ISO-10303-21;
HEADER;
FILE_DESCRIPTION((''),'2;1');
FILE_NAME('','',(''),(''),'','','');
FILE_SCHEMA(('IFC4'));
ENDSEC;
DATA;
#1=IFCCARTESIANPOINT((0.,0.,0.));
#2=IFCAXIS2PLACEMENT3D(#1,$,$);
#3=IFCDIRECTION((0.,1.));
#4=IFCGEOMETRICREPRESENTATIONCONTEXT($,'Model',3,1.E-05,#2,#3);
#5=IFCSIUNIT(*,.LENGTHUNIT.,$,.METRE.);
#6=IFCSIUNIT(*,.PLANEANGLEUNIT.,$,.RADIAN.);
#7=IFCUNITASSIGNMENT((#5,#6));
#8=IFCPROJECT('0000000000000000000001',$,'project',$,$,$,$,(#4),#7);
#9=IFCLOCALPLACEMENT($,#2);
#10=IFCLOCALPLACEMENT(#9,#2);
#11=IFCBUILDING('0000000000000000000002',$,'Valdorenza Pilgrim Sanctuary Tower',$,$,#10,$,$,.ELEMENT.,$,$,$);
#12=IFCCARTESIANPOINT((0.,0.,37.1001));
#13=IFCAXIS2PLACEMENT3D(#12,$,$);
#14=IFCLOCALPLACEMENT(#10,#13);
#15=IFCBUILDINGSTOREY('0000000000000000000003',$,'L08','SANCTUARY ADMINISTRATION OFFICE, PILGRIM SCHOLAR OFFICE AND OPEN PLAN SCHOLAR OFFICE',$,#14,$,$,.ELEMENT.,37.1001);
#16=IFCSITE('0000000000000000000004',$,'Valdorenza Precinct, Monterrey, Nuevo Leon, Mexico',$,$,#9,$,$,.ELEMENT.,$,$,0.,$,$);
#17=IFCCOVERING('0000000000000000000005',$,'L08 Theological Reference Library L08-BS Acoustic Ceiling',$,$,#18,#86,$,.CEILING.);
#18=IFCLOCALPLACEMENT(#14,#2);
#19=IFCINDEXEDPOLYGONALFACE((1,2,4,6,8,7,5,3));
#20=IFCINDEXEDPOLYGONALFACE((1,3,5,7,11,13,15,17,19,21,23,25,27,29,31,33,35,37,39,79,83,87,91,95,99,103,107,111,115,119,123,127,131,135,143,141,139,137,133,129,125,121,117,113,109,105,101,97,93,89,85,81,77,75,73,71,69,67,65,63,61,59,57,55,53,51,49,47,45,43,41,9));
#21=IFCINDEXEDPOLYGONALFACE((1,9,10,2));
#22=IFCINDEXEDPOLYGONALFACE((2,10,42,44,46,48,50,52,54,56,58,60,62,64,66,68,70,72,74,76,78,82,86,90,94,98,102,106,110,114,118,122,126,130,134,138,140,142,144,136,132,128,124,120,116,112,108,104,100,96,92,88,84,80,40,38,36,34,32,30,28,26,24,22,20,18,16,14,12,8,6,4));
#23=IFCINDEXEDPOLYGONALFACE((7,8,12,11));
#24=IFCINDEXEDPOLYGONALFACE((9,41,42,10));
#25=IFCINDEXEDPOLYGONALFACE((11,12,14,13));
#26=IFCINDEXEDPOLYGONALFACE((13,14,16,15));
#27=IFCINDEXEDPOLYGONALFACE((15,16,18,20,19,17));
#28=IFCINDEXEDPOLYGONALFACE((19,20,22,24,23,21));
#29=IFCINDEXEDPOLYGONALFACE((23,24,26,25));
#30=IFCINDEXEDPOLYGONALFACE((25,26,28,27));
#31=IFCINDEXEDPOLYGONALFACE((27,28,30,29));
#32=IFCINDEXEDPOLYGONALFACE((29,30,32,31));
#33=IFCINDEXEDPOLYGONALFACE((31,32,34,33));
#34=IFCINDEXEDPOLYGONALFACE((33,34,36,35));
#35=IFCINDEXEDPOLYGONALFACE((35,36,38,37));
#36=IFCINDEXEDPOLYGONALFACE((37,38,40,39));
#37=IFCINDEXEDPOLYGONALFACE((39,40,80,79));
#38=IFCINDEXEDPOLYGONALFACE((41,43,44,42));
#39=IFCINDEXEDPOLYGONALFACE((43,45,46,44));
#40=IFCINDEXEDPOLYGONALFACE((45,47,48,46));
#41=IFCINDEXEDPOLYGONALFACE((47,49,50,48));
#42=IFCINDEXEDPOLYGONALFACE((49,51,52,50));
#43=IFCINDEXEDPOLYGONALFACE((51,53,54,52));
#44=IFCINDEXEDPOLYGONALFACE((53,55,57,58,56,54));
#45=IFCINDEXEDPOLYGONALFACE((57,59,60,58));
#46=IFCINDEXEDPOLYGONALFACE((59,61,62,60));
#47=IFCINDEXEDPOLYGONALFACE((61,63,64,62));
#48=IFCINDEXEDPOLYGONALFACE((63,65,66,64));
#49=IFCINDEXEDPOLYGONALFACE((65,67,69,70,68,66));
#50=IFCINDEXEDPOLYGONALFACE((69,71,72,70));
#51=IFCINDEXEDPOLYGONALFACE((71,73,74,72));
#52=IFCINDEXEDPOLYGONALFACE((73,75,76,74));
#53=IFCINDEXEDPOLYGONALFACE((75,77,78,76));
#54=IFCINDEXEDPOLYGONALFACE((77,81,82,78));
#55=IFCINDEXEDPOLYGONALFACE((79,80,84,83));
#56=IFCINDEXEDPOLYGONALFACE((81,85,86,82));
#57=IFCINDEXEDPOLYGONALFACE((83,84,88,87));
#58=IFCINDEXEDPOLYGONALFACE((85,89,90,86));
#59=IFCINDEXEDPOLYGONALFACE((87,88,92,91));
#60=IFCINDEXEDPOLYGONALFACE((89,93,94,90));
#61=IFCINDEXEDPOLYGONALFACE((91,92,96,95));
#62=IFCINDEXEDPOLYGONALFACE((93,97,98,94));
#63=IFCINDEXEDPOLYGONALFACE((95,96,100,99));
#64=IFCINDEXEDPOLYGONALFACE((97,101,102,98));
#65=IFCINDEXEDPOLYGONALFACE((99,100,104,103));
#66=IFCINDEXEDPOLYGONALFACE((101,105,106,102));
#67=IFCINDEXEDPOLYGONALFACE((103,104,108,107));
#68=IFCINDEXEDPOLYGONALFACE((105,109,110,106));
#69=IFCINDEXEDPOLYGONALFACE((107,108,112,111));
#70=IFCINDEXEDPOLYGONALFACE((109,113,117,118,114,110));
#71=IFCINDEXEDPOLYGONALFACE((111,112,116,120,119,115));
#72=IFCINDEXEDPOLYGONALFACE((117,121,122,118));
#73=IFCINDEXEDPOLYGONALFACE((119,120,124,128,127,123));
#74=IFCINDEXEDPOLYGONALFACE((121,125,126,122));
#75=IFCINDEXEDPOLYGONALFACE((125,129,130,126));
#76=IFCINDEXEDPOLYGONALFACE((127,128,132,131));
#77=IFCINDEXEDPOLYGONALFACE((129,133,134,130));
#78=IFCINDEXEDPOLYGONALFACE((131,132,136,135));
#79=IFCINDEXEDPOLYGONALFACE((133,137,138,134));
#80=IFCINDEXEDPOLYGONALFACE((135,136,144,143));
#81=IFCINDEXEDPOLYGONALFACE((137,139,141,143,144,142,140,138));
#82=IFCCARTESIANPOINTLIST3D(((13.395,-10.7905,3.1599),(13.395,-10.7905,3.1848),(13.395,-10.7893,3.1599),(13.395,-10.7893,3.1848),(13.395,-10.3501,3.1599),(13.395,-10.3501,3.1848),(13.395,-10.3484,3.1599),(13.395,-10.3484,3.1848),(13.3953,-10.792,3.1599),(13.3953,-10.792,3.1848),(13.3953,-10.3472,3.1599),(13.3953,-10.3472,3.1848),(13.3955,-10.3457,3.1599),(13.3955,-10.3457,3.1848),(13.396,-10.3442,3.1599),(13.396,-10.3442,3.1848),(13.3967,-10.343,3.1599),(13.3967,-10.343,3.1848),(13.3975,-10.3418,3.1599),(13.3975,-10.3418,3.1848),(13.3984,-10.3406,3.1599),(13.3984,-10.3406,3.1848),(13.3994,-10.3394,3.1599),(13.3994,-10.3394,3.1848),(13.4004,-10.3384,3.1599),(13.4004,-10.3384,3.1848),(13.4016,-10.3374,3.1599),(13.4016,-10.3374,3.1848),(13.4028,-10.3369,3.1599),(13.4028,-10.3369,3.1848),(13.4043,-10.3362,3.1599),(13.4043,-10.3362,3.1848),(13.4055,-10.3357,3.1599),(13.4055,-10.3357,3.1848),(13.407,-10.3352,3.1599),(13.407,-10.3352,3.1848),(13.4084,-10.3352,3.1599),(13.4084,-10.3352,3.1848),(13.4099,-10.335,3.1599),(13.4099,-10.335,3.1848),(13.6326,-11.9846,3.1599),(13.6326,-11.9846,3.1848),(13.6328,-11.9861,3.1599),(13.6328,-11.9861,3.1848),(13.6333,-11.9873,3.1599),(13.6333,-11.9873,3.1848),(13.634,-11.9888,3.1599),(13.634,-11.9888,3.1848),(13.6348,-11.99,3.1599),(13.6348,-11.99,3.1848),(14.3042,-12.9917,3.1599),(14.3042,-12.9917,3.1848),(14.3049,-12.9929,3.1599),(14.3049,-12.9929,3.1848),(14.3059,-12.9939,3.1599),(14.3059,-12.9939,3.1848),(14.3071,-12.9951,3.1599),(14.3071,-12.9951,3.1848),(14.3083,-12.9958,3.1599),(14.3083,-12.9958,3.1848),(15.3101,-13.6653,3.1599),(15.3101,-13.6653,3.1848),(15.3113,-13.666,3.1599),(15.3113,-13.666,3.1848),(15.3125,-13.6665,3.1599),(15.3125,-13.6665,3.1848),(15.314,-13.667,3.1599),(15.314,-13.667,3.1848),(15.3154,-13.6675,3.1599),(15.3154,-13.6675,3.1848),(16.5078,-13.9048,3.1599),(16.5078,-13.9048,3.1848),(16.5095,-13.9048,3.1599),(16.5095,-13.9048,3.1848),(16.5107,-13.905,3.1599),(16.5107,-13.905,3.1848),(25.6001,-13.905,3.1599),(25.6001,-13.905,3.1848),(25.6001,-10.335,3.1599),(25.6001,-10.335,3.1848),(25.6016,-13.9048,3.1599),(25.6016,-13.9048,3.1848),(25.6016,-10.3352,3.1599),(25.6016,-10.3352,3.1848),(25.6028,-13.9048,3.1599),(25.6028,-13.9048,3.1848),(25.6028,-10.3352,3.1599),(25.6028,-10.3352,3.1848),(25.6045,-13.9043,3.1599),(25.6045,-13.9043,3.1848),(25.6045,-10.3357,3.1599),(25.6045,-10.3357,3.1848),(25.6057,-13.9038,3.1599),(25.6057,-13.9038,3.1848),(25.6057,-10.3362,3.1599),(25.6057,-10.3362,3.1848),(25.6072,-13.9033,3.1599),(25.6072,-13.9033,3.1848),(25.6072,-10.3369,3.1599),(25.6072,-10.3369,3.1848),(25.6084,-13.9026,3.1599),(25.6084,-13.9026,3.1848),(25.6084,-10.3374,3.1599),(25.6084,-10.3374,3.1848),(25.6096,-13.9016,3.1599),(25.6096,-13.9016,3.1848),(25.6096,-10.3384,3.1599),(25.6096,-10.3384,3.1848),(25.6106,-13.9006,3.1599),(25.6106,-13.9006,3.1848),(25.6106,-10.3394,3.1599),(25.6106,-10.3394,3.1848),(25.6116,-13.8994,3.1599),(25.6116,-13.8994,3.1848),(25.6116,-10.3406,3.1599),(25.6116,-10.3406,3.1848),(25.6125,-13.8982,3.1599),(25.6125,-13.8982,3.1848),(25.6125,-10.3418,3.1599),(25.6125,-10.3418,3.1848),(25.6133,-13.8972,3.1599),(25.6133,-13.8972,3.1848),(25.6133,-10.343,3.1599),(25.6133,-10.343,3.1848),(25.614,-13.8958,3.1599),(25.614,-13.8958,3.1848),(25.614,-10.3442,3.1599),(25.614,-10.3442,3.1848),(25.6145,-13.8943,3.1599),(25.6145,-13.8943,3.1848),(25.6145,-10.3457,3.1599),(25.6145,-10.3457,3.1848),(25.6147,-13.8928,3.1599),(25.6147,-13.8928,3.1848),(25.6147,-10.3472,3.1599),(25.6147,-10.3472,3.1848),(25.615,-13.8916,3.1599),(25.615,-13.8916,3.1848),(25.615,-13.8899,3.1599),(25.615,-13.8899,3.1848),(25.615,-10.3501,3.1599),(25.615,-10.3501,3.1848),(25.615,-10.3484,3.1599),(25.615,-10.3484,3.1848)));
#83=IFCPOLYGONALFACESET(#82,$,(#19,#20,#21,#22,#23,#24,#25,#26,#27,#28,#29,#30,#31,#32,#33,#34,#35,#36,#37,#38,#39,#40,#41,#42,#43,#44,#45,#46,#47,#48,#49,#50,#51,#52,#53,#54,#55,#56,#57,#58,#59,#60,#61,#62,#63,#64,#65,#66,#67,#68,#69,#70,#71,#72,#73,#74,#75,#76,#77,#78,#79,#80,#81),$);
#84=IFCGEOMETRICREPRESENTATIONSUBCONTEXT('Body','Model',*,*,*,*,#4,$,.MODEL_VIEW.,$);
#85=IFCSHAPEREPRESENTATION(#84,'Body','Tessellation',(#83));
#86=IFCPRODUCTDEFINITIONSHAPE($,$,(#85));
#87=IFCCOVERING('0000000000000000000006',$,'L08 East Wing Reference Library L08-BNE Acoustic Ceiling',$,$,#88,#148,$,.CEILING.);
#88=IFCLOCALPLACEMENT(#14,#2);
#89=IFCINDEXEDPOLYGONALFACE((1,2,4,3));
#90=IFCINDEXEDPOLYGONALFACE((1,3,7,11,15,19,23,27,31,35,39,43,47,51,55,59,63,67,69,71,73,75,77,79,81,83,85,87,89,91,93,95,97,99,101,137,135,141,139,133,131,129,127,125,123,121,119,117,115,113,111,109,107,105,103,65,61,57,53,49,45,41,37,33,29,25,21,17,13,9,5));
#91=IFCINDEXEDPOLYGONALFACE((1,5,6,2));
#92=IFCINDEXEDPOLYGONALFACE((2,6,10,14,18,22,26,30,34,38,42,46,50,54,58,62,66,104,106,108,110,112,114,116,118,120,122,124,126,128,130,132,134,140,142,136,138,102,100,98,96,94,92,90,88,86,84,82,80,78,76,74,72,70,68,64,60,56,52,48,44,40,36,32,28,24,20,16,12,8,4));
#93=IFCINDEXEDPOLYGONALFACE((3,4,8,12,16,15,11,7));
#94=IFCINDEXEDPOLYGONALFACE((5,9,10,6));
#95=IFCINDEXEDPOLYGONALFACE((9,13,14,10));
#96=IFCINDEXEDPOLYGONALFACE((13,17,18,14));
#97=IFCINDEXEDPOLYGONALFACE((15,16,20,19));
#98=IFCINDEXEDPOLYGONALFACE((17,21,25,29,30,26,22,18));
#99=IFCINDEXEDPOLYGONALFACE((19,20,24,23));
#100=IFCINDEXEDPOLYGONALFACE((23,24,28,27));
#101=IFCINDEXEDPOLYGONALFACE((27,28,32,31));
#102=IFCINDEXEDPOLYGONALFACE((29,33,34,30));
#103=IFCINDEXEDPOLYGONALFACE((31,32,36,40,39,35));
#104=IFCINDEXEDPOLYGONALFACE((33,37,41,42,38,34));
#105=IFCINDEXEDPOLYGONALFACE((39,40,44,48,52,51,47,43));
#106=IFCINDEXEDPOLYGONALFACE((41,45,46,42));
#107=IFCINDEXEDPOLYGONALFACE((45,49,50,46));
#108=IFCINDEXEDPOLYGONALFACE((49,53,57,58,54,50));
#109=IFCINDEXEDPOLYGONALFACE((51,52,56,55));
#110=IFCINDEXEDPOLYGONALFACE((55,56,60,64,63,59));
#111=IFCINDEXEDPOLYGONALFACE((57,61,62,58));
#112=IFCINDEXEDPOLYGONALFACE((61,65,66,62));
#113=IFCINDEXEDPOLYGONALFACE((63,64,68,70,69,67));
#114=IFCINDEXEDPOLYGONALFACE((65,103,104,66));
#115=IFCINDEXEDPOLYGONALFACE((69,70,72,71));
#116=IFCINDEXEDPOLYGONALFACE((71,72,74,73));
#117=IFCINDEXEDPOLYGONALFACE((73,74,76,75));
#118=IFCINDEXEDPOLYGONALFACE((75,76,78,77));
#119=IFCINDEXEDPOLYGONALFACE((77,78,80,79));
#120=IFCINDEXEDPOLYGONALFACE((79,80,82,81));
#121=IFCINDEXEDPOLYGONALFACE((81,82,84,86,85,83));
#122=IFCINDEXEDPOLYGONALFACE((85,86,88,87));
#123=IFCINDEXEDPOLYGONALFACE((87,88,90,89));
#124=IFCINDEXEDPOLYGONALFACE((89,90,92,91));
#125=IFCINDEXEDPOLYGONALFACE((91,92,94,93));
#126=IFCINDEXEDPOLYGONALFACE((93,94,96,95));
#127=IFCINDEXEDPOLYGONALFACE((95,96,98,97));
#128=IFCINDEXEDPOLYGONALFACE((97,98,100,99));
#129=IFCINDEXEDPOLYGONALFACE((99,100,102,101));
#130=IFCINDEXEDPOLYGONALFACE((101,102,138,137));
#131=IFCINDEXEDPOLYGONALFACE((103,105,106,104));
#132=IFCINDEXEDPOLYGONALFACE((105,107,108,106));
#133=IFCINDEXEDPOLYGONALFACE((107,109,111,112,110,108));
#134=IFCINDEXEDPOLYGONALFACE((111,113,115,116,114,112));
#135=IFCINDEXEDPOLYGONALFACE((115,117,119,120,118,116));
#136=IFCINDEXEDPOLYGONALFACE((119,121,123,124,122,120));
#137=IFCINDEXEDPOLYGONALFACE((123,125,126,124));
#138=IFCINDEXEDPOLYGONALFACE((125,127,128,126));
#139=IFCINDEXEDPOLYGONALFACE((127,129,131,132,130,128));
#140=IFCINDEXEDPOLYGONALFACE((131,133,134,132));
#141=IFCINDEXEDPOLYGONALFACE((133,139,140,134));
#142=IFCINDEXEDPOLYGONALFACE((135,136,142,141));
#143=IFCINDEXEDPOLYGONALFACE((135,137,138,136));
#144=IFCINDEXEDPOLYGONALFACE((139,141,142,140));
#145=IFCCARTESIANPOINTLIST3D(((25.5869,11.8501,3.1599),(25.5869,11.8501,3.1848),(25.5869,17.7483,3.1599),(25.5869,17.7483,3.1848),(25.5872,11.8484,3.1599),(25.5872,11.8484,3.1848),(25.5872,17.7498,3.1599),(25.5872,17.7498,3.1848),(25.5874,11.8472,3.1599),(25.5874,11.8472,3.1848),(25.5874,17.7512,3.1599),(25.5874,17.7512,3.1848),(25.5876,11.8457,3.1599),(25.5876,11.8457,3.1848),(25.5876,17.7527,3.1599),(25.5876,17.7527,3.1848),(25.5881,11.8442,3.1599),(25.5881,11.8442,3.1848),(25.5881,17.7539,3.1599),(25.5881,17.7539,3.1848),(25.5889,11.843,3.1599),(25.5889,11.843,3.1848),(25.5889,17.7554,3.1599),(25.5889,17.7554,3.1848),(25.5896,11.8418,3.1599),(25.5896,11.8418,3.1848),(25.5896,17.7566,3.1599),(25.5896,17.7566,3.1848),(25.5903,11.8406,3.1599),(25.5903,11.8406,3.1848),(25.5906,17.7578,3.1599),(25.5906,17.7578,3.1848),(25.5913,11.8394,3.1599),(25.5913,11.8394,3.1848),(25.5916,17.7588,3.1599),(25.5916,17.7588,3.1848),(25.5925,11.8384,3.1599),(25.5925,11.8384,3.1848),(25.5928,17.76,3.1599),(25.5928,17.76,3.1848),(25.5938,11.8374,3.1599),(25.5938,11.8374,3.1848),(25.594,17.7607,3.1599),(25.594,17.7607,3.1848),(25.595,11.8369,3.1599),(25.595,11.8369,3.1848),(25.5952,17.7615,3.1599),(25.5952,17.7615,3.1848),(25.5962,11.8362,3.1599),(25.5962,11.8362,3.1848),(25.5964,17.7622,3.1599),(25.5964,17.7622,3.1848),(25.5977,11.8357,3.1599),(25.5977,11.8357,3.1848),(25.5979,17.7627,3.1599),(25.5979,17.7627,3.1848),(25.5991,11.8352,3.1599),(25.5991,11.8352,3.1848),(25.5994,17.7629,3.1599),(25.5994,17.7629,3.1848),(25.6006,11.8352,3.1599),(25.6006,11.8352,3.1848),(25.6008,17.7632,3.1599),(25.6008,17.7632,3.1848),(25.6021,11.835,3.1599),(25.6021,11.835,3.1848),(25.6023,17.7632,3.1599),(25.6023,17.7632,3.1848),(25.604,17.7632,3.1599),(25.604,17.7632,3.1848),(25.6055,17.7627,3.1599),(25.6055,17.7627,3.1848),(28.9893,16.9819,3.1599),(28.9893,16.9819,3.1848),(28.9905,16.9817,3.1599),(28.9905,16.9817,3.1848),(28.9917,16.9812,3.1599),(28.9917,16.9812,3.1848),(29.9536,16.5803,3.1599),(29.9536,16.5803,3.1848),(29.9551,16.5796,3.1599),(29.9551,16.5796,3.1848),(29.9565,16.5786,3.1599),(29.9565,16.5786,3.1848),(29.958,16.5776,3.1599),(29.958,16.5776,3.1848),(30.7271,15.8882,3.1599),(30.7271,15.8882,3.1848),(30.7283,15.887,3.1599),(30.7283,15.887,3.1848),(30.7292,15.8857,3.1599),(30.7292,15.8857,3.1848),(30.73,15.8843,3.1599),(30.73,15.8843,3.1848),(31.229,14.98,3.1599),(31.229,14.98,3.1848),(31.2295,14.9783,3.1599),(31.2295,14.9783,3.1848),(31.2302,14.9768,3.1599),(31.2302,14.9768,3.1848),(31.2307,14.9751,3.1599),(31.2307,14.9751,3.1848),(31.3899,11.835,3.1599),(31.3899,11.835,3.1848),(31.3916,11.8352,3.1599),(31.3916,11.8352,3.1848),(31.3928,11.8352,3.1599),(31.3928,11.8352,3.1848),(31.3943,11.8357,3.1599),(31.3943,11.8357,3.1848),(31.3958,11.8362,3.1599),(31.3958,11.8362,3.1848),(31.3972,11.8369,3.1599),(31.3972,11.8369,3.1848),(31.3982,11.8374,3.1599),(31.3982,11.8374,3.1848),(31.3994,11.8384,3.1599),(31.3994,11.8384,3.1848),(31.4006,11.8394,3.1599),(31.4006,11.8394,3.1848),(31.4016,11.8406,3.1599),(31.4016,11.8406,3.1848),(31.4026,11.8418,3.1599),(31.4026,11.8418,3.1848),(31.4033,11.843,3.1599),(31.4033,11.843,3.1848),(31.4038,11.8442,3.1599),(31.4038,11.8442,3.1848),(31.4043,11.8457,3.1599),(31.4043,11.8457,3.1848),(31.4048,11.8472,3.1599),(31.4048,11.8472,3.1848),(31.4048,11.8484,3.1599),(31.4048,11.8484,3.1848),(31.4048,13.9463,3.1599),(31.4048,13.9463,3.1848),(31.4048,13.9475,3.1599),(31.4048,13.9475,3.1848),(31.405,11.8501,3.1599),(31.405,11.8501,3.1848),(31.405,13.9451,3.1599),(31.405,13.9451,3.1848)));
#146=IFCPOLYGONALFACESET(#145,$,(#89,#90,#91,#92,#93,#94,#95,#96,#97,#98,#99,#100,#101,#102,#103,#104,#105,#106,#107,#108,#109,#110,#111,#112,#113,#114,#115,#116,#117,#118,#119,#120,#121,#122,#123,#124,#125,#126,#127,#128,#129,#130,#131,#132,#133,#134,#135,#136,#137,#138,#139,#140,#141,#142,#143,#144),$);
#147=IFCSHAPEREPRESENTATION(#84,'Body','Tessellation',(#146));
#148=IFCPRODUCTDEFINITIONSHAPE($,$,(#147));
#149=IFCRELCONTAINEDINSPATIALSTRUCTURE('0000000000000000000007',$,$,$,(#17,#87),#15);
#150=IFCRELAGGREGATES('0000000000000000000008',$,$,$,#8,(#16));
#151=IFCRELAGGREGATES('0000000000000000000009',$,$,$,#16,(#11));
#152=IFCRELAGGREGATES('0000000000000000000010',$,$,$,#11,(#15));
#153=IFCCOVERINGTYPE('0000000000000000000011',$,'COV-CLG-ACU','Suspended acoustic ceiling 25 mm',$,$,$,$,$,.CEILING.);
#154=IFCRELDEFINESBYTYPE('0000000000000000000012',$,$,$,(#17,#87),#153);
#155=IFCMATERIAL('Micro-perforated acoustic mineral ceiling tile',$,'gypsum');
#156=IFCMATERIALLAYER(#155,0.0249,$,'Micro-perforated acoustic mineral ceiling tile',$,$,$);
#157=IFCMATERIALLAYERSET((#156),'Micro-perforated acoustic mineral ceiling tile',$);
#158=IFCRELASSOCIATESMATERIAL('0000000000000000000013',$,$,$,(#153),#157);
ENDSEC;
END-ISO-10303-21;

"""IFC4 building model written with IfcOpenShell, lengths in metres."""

from ifc_helpers import new_model, si_unit, direction, frame, origin, place, context, subcontext, project, spatial, polyline, outline, extrude, material, layer, layer_set, type_object, element, save


model = new_model("IFC4")

# Units and contexts
model_context = context("Model", 3, precision=1e-05, world=origin(), true_north=direction((0.0, 1.0)))
body_context = subcontext(model_context, "Body", "Model", "MODEL_VIEW")
ifc_project = project(units=[si_unit("LENGTHUNIT", "METRE"), si_unit("PLANEANGLEUNIT", "RADIAN")], contexts=[model_context])

# Site, building, storey
site_placement = place(None, origin())
site = spatial("IfcSite", under=ifc_project, at=site_placement, Name="Valdorenza Precinct, Monterrey, Nuevo Leon, Mexico", CompositionType="ELEMENT", RefElevation=0.0)
building_placement = place(site_placement, origin())
building = spatial("IfcBuilding", under=site, at=building_placement, Name="Valdorenza Pilgrim Sanctuary Tower", CompositionType="ELEMENT")
storey_placement = place(building_placement, frame((0.0, 0.0, 37.1001)))
storey = spatial("IfcBuildingStorey", under=building, at=storey_placement, Name="L08", Description="SANCTUARY ADMINISTRATION OFFICE, PILGRIM SCHOLAR OFFICE AND OPEN PLAN SCHOLAR OFFICE", CompositionType="ELEMENT", Elevation=37.1001)

# Coverings
ifc_material_1 = material(Name="Micro-perforated acoustic mineral ceiling tile", Category="gypsum")
ifc_layer_1 = layer(ifc_material_1, 0.0249, Name="Micro-perforated acoustic mineral ceiling tile")
ifc_layer_set_1 = layer_set([ifc_layer_1], Name="Micro-perforated acoustic mineral ceiling tile")
covering_type_1 = type_object("IfcCoveringType", Name="COV-CLG-ACU", Description="Suspended acoustic ceiling 25 mm", PredefinedType="CEILING", material=ifc_layer_set_1)
covering_1_placement = place(storey_placement, frame((0.0, 0.0, 3.1599)))
element("IfcCovering", 1, at=covering_1_placement, inside=storey, type_object=covering_type_1, Name="L08 Theological Reference Library L08-BS Acoustic Ceiling", PredefinedType="CEILING", context=body_context, shape_type="SweptSolid", body=[
    extrude(outline(polyline([(25.615, -13.8899), (25.615, -13.8916), (25.6147, -13.8928), (25.6145, -13.8943), (25.614, -13.8958), (25.6133, -13.8972), (25.6125, -13.8982), (25.6116, -13.8994), (25.6106, -13.9006), (25.6096, -13.9016), (25.6084, -13.9026), (25.6072, -13.9033), (25.6057, -13.9038), (25.6045, -13.9043), (25.6028, -13.9048), (25.6016, -13.9048), (25.6001, -13.905), (16.5107, -13.905), (16.5095, -13.9048), (16.5078, -13.9048), (15.3154, -13.6675), (15.314, -13.667), (15.3125, -13.6665), (15.3113, -13.666), (15.3101, -13.6653), (14.3083, -12.9958), (14.3071, -12.9951), (14.3059, -12.9939), (14.3049, -12.9929), (14.3042, -12.9917), (13.6348, -11.99), (13.634, -11.9888), (13.6333, -11.9873), (13.6328, -11.9861), (13.6326, -11.9846), (13.3953, -10.792), (13.395, -10.7905), (13.395, -10.7893), (13.395, -10.3501), (13.395, -10.3484), (13.3953, -10.3472), (13.3955, -10.3457), (13.396, -10.3442), (13.3967, -10.343), (13.3975, -10.3418), (13.3984, -10.3406), (13.3994, -10.3394), (13.4004, -10.3384), (13.4016, -10.3374), (13.4028, -10.3369), (13.4043, -10.3362), (13.4055, -10.3357), (13.407, -10.3352), (13.4084, -10.3352), (13.4099, -10.335), (25.6001, -10.335), (25.6016, -10.3352), (25.6028, -10.3352), (25.6045, -10.3357), (25.6057, -10.3362), (25.6072, -10.3369), (25.6084, -10.3374), (25.6096, -10.3384), (25.6106, -10.3394), (25.6116, -10.3406), (25.6125, -10.3418), (25.6133, -10.343), (25.614, -10.3442), (25.6145, -10.3457), (25.6147, -10.3472), (25.615, -10.3484), (25.615, -10.3501), (25.615, -13.8899)])), origin(), (0.0, 0.0, 1.0), 0.0249),
])
covering_2_placement = place(storey_placement, frame((0.0, 0.0, 3.1599)))
element("IfcCovering", 2, at=covering_2_placement, inside=storey, type_object=covering_type_1, Name="L08 East Wing Reference Library L08-BNE Acoustic Ceiling", PredefinedType="CEILING", context=body_context, shape_type="SweptSolid", body=[
    extrude(outline(polyline([(28.9893, 16.9819), (28.9905, 16.9817), (28.9917, 16.9812), (29.9536, 16.5803), (29.9551, 16.5796), (29.9565, 16.5786), (29.958, 16.5776), (30.7271, 15.8882), (30.7283, 15.887), (30.7292, 15.8857), (30.73, 15.8843), (31.229, 14.98), (31.2295, 14.9783), (31.2302, 14.9768), (31.2307, 14.9751), (31.4048, 13.9475), (31.4048, 13.9463), (31.405, 13.9451), (31.405, 11.8501), (31.4048, 11.8484), (31.4048, 11.8472), (31.4043, 11.8457), (31.4038, 11.8442), (31.4033, 11.843), (31.4026, 11.8418), (31.4016, 11.8406), (31.4006, 11.8394), (31.3994, 11.8384), (31.3982, 11.8374), (31.3972, 11.8369), (31.3958, 11.8362), (31.3943, 11.8357), (31.3928, 11.8352), (31.3916, 11.8352), (31.3899, 11.835), (25.6021, 11.835), (25.6006, 11.8352), (25.5991, 11.8352), (25.5977, 11.8357), (25.5962, 11.8362), (25.595, 11.8369), (25.5938, 11.8374), (25.5925, 11.8384), (25.5913, 11.8394), (25.5903, 11.8406), (25.5896, 11.8418), (25.5889, 11.843), (25.5881, 11.8442), (25.5876, 11.8457), (25.5874, 11.8472), (25.5872, 11.8484), (25.5869, 11.8501), (25.5869, 17.7483), (25.5872, 17.7498), (25.5874, 17.7512), (25.5876, 17.7527), (25.5881, 17.7539), (25.5889, 17.7554), (25.5896, 17.7566), (25.5906, 17.7578), (25.5916, 17.7588), (25.5928, 17.76), (25.594, 17.7607), (25.5952, 17.7615), (25.5964, 17.7622), (25.5979, 17.7627), (25.5994, 17.7629), (25.6008, 17.7632), (25.6023, 17.7632), (25.604, 17.7632), (25.6055, 17.7627), (28.9893, 16.9819)])), origin(), (0.0, 0.0, 1.0), 0.0249),
])

save(model, "model.ifc")
